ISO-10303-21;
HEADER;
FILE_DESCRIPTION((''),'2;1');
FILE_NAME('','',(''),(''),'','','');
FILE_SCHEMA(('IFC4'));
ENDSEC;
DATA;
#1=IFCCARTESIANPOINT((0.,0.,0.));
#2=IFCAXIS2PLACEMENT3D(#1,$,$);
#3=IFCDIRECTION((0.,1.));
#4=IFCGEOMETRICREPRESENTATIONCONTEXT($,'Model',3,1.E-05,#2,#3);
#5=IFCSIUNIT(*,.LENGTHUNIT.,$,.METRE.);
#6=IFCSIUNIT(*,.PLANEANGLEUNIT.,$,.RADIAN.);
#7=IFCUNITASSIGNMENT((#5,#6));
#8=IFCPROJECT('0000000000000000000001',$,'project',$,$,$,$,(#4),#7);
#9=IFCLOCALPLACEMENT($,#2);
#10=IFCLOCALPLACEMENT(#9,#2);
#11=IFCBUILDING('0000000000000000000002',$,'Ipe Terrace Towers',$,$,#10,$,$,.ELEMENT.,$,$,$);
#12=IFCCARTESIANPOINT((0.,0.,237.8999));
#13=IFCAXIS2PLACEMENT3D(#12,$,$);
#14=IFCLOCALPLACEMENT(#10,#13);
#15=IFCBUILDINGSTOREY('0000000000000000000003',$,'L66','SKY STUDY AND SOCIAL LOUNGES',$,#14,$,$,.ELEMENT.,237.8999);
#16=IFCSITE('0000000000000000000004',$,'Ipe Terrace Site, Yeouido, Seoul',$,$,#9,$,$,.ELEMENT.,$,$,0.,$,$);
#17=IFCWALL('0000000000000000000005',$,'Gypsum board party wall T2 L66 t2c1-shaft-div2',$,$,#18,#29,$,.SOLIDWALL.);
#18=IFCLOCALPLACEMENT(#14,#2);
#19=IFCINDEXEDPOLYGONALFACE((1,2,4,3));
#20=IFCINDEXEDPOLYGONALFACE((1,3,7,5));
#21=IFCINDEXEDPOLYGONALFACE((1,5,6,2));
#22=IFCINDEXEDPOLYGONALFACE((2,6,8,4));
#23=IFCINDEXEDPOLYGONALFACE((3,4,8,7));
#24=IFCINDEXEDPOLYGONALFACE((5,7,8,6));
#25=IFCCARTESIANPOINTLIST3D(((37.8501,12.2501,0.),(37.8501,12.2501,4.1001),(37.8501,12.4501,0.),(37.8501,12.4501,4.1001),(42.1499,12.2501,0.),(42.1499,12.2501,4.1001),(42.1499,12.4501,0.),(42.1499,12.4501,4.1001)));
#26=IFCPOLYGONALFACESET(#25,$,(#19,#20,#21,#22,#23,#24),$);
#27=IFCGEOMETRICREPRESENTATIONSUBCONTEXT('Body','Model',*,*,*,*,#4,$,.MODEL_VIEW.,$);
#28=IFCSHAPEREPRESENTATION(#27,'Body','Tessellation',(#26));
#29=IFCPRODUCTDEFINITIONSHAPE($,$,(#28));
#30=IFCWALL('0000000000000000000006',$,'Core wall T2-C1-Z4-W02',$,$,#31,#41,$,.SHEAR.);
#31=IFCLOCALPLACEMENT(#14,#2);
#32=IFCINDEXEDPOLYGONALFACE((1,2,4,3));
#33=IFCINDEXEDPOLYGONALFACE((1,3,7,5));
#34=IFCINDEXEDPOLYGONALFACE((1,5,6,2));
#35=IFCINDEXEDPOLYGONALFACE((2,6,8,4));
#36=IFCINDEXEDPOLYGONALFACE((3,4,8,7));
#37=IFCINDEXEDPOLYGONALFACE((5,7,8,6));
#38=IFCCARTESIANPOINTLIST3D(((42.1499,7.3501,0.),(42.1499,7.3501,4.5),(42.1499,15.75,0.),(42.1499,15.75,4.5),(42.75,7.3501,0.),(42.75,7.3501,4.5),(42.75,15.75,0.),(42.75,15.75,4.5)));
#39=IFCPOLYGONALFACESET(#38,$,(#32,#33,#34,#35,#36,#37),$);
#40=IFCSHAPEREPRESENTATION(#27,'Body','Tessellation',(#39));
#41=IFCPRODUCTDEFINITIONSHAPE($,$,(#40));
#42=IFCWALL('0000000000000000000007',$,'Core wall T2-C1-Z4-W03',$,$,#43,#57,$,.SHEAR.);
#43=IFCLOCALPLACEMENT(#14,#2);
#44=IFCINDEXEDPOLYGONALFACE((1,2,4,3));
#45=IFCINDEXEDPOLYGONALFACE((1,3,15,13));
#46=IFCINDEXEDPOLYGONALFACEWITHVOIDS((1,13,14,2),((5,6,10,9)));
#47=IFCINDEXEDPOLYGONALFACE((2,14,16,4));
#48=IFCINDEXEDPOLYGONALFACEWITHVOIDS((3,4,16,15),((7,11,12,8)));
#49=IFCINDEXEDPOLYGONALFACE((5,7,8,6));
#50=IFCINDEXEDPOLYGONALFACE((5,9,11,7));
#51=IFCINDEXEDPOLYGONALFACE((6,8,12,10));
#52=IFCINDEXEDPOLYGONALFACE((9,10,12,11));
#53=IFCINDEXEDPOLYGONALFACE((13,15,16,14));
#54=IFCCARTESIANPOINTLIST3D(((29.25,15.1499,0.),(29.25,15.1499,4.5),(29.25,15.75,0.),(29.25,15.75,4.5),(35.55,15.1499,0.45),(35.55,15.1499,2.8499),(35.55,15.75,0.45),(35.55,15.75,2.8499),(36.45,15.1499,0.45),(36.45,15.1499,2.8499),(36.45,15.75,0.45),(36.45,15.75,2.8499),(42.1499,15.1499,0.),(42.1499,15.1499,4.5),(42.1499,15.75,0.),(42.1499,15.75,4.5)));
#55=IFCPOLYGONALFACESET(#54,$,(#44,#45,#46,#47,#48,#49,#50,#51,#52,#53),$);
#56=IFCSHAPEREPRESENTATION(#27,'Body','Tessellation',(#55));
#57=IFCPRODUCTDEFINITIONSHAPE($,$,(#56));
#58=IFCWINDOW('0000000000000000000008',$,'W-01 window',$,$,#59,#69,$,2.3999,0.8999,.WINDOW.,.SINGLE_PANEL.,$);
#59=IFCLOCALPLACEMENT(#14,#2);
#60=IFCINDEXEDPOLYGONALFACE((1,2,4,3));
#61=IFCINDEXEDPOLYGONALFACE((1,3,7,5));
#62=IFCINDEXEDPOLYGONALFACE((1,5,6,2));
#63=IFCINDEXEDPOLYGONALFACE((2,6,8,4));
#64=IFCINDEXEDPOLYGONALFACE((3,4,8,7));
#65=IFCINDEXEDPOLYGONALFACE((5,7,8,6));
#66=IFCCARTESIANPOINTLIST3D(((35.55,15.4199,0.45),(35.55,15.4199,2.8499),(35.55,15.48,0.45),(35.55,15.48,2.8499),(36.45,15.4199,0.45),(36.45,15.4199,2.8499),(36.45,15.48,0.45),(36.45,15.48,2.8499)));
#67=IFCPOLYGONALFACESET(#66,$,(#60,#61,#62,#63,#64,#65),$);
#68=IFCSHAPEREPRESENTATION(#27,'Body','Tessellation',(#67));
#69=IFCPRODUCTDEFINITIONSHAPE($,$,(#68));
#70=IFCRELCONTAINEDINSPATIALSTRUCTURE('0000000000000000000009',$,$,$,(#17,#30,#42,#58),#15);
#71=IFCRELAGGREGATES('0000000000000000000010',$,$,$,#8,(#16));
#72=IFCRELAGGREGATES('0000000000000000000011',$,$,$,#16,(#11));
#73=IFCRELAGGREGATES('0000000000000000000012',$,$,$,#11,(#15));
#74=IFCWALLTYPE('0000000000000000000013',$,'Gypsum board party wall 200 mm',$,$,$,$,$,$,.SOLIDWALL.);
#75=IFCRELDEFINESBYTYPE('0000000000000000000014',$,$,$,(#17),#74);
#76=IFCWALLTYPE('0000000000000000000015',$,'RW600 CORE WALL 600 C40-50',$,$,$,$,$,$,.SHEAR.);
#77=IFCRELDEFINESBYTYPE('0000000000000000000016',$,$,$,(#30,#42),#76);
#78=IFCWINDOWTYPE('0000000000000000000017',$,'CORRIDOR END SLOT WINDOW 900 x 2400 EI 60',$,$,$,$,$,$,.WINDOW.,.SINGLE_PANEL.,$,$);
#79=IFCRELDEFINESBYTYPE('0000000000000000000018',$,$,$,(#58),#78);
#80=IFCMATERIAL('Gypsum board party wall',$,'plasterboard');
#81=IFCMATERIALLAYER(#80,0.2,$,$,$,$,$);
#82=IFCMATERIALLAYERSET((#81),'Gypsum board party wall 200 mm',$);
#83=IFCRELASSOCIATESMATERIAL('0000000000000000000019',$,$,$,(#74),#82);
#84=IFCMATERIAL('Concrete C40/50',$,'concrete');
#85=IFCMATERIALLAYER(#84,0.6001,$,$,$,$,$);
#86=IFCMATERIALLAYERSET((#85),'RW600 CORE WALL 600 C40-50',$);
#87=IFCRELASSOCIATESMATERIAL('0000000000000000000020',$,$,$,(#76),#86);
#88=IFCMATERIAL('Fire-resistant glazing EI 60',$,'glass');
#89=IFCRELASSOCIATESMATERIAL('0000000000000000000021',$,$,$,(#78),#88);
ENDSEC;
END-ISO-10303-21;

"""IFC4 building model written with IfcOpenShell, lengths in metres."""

from ifc_helpers import new_model, si_unit, direction, frame, frame_2d, origin, place, context, subcontext, project, spatial, rectangle, extrude, material, layer, layer_set, type_object, element, fill, save


model = new_model("IFC4")

# Units and contexts
model_context = context("Model", 3, precision=1e-05, world=origin(), true_north=direction((0.0, 1.0)))
body_context = subcontext(model_context, "Body", "Model", "MODEL_VIEW")
ifc_project = project(units=[si_unit("LENGTHUNIT", "METRE"), si_unit("PLANEANGLEUNIT", "RADIAN")], contexts=[model_context])

# Site, building, storey
site_placement = place(None, origin())
site = spatial("IfcSite", under=ifc_project, at=site_placement, Name="Ipe Terrace Site, Yeouido, Seoul", CompositionType="ELEMENT", RefElevation=0.0)
building_placement = place(site_placement, origin())
building = spatial("IfcBuilding", under=site, at=building_placement, Name="Ipe Terrace Towers", CompositionType="ELEMENT")
storey_placement = place(building_placement, frame((0.0, 0.0, 237.8999)))
storey = spatial("IfcBuildingStorey", under=building, at=storey_placement, Name="L66", Description="SKY STUDY AND SOCIAL LOUNGES", CompositionType="ELEMENT", Elevation=237.8999)

# Walls
ifc_material_1 = material(Name="Gypsum board party wall", Category="plasterboard")
ifc_layer_1 = layer(ifc_material_1, 0.2)
ifc_layer_set_1 = layer_set([ifc_layer_1], Name="Gypsum board party wall 200 mm")
wall_type_1 = type_object("IfcWallType", Name="Gypsum board party wall 200 mm", PredefinedType="SOLIDWALL", material=ifc_layer_set_1)
wall_1_placement = place(storey_placement, frame((42.1499, 12.3501, 0.0), z_axis=(0.0, 0.0, 1.0), x_axis=(-1.0, 0.0, 0.0)))
element("IfcWall", 1, at=wall_1_placement, inside=storey, type_object=wall_type_1, Name="Gypsum board party wall T2 L66 t2c1-shaft-div2", PredefinedType="SOLIDWALL", context=body_context, shape_type="SweptSolid", body=[
    extrude(rectangle(XDim=4.2998, YDim=0.2, at=frame_2d((2.1499, 0.0))), origin(), (0.0, 0.0, 1.0), 4.1001),
])
ifc_material_2 = material(Name="Concrete C40/50", Category="concrete")
ifc_layer_2 = layer(ifc_material_2, 0.6001)
ifc_layer_set_2 = layer_set([ifc_layer_2], Name="RW600 CORE WALL 600 C40-50")
wall_type_2 = type_object("IfcWallType", Name="RW600 CORE WALL 600 C40-50", PredefinedType="SHEAR", material=ifc_layer_set_2)
wall_2_placement = place(storey_placement, frame((42.45, 7.3501, 0.0), z_axis=(0.0, 0.0, 1.0), x_axis=(0.0, 1.0, 0.0)))
element("IfcWall", 2, at=wall_2_placement, inside=storey, type_object=wall_type_2, Name="Core wall T2-C1-Z4-W02", PredefinedType="SHEAR", context=body_context, shape_type="SweptSolid", body=[
    extrude(rectangle(XDim=8.3999, YDim=0.6001, at=frame_2d((4.2, 0.0))), origin(), (0.0, 0.0, 1.0), 4.5),
])

# Wall, opening, window
wall_3_placement = place(storey_placement, frame((42.1499, 15.45, 0.0), z_axis=(0.0, 0.0, 1.0), x_axis=(-1.0, 0.0, 0.0)))
wall_3 = element("IfcWall", 3, at=wall_3_placement, inside=storey, type_object=wall_type_2, Name="Core wall T2-C1-Z4-W03", PredefinedType="SHEAR", context=body_context, shape_type="SweptSolid", body=[
    extrude(rectangle(XDim=12.8999, YDim=0.6001, at=frame_2d((6.45, 0.0))), origin(), (0.0, 0.0, 1.0), 4.5),
])
opening_1_placement = place(wall_3_placement, frame((5.7, 0.0, 0.45)))
opening_1 = element("IfcOpeningElement", 4, at=opening_1_placement, cuts=wall_3, PredefinedType="OPENING", context=body_context, shape_type="SweptSolid", body=[
    extrude(rectangle(XDim=0.8999, YDim=2.3999, at=frame_2d((0.45, 1.2))), frame((0.0, 0.3101, 0.0), z_axis=(0.0, -1.0, 0.0), x_axis=(1.0, 0.0, 0.0)), (0.0, 0.0, 1.0), 0.6201),
])
ifc_material_3 = material(Name="Fire-resistant glazing EI 60", Category="glass")
window_type = type_object("IfcWindowType", Name="CORRIDOR END SLOT WINDOW 900 x 2400 EI 60", PartitioningType="SINGLE_PANEL", PredefinedType="WINDOW", material=ifc_material_3)
window_placement = place(opening_1_placement, origin())
window = element("IfcWindow", 5, at=window_placement, inside=storey, type_object=window_type, Name="W-01 window", OverallHeight=2.3999, OverallWidth=0.8999, PartitioningType="SINGLE_PANEL", PredefinedType="WINDOW", context=body_context, shape_type="SweptSolid", body=[
    extrude(rectangle(XDim=0.8999, YDim=2.3999, at=frame_2d((0.45, 1.2))), frame((0.0, 0.03, 0.0), z_axis=(0.0, -1.0, 0.0), x_axis=(1.0, 0.0, 0.0)), (0.0, 0.0, 1.0), 0.0601),
])
fill(opening_1, window)

save(model, "model.ifc")
